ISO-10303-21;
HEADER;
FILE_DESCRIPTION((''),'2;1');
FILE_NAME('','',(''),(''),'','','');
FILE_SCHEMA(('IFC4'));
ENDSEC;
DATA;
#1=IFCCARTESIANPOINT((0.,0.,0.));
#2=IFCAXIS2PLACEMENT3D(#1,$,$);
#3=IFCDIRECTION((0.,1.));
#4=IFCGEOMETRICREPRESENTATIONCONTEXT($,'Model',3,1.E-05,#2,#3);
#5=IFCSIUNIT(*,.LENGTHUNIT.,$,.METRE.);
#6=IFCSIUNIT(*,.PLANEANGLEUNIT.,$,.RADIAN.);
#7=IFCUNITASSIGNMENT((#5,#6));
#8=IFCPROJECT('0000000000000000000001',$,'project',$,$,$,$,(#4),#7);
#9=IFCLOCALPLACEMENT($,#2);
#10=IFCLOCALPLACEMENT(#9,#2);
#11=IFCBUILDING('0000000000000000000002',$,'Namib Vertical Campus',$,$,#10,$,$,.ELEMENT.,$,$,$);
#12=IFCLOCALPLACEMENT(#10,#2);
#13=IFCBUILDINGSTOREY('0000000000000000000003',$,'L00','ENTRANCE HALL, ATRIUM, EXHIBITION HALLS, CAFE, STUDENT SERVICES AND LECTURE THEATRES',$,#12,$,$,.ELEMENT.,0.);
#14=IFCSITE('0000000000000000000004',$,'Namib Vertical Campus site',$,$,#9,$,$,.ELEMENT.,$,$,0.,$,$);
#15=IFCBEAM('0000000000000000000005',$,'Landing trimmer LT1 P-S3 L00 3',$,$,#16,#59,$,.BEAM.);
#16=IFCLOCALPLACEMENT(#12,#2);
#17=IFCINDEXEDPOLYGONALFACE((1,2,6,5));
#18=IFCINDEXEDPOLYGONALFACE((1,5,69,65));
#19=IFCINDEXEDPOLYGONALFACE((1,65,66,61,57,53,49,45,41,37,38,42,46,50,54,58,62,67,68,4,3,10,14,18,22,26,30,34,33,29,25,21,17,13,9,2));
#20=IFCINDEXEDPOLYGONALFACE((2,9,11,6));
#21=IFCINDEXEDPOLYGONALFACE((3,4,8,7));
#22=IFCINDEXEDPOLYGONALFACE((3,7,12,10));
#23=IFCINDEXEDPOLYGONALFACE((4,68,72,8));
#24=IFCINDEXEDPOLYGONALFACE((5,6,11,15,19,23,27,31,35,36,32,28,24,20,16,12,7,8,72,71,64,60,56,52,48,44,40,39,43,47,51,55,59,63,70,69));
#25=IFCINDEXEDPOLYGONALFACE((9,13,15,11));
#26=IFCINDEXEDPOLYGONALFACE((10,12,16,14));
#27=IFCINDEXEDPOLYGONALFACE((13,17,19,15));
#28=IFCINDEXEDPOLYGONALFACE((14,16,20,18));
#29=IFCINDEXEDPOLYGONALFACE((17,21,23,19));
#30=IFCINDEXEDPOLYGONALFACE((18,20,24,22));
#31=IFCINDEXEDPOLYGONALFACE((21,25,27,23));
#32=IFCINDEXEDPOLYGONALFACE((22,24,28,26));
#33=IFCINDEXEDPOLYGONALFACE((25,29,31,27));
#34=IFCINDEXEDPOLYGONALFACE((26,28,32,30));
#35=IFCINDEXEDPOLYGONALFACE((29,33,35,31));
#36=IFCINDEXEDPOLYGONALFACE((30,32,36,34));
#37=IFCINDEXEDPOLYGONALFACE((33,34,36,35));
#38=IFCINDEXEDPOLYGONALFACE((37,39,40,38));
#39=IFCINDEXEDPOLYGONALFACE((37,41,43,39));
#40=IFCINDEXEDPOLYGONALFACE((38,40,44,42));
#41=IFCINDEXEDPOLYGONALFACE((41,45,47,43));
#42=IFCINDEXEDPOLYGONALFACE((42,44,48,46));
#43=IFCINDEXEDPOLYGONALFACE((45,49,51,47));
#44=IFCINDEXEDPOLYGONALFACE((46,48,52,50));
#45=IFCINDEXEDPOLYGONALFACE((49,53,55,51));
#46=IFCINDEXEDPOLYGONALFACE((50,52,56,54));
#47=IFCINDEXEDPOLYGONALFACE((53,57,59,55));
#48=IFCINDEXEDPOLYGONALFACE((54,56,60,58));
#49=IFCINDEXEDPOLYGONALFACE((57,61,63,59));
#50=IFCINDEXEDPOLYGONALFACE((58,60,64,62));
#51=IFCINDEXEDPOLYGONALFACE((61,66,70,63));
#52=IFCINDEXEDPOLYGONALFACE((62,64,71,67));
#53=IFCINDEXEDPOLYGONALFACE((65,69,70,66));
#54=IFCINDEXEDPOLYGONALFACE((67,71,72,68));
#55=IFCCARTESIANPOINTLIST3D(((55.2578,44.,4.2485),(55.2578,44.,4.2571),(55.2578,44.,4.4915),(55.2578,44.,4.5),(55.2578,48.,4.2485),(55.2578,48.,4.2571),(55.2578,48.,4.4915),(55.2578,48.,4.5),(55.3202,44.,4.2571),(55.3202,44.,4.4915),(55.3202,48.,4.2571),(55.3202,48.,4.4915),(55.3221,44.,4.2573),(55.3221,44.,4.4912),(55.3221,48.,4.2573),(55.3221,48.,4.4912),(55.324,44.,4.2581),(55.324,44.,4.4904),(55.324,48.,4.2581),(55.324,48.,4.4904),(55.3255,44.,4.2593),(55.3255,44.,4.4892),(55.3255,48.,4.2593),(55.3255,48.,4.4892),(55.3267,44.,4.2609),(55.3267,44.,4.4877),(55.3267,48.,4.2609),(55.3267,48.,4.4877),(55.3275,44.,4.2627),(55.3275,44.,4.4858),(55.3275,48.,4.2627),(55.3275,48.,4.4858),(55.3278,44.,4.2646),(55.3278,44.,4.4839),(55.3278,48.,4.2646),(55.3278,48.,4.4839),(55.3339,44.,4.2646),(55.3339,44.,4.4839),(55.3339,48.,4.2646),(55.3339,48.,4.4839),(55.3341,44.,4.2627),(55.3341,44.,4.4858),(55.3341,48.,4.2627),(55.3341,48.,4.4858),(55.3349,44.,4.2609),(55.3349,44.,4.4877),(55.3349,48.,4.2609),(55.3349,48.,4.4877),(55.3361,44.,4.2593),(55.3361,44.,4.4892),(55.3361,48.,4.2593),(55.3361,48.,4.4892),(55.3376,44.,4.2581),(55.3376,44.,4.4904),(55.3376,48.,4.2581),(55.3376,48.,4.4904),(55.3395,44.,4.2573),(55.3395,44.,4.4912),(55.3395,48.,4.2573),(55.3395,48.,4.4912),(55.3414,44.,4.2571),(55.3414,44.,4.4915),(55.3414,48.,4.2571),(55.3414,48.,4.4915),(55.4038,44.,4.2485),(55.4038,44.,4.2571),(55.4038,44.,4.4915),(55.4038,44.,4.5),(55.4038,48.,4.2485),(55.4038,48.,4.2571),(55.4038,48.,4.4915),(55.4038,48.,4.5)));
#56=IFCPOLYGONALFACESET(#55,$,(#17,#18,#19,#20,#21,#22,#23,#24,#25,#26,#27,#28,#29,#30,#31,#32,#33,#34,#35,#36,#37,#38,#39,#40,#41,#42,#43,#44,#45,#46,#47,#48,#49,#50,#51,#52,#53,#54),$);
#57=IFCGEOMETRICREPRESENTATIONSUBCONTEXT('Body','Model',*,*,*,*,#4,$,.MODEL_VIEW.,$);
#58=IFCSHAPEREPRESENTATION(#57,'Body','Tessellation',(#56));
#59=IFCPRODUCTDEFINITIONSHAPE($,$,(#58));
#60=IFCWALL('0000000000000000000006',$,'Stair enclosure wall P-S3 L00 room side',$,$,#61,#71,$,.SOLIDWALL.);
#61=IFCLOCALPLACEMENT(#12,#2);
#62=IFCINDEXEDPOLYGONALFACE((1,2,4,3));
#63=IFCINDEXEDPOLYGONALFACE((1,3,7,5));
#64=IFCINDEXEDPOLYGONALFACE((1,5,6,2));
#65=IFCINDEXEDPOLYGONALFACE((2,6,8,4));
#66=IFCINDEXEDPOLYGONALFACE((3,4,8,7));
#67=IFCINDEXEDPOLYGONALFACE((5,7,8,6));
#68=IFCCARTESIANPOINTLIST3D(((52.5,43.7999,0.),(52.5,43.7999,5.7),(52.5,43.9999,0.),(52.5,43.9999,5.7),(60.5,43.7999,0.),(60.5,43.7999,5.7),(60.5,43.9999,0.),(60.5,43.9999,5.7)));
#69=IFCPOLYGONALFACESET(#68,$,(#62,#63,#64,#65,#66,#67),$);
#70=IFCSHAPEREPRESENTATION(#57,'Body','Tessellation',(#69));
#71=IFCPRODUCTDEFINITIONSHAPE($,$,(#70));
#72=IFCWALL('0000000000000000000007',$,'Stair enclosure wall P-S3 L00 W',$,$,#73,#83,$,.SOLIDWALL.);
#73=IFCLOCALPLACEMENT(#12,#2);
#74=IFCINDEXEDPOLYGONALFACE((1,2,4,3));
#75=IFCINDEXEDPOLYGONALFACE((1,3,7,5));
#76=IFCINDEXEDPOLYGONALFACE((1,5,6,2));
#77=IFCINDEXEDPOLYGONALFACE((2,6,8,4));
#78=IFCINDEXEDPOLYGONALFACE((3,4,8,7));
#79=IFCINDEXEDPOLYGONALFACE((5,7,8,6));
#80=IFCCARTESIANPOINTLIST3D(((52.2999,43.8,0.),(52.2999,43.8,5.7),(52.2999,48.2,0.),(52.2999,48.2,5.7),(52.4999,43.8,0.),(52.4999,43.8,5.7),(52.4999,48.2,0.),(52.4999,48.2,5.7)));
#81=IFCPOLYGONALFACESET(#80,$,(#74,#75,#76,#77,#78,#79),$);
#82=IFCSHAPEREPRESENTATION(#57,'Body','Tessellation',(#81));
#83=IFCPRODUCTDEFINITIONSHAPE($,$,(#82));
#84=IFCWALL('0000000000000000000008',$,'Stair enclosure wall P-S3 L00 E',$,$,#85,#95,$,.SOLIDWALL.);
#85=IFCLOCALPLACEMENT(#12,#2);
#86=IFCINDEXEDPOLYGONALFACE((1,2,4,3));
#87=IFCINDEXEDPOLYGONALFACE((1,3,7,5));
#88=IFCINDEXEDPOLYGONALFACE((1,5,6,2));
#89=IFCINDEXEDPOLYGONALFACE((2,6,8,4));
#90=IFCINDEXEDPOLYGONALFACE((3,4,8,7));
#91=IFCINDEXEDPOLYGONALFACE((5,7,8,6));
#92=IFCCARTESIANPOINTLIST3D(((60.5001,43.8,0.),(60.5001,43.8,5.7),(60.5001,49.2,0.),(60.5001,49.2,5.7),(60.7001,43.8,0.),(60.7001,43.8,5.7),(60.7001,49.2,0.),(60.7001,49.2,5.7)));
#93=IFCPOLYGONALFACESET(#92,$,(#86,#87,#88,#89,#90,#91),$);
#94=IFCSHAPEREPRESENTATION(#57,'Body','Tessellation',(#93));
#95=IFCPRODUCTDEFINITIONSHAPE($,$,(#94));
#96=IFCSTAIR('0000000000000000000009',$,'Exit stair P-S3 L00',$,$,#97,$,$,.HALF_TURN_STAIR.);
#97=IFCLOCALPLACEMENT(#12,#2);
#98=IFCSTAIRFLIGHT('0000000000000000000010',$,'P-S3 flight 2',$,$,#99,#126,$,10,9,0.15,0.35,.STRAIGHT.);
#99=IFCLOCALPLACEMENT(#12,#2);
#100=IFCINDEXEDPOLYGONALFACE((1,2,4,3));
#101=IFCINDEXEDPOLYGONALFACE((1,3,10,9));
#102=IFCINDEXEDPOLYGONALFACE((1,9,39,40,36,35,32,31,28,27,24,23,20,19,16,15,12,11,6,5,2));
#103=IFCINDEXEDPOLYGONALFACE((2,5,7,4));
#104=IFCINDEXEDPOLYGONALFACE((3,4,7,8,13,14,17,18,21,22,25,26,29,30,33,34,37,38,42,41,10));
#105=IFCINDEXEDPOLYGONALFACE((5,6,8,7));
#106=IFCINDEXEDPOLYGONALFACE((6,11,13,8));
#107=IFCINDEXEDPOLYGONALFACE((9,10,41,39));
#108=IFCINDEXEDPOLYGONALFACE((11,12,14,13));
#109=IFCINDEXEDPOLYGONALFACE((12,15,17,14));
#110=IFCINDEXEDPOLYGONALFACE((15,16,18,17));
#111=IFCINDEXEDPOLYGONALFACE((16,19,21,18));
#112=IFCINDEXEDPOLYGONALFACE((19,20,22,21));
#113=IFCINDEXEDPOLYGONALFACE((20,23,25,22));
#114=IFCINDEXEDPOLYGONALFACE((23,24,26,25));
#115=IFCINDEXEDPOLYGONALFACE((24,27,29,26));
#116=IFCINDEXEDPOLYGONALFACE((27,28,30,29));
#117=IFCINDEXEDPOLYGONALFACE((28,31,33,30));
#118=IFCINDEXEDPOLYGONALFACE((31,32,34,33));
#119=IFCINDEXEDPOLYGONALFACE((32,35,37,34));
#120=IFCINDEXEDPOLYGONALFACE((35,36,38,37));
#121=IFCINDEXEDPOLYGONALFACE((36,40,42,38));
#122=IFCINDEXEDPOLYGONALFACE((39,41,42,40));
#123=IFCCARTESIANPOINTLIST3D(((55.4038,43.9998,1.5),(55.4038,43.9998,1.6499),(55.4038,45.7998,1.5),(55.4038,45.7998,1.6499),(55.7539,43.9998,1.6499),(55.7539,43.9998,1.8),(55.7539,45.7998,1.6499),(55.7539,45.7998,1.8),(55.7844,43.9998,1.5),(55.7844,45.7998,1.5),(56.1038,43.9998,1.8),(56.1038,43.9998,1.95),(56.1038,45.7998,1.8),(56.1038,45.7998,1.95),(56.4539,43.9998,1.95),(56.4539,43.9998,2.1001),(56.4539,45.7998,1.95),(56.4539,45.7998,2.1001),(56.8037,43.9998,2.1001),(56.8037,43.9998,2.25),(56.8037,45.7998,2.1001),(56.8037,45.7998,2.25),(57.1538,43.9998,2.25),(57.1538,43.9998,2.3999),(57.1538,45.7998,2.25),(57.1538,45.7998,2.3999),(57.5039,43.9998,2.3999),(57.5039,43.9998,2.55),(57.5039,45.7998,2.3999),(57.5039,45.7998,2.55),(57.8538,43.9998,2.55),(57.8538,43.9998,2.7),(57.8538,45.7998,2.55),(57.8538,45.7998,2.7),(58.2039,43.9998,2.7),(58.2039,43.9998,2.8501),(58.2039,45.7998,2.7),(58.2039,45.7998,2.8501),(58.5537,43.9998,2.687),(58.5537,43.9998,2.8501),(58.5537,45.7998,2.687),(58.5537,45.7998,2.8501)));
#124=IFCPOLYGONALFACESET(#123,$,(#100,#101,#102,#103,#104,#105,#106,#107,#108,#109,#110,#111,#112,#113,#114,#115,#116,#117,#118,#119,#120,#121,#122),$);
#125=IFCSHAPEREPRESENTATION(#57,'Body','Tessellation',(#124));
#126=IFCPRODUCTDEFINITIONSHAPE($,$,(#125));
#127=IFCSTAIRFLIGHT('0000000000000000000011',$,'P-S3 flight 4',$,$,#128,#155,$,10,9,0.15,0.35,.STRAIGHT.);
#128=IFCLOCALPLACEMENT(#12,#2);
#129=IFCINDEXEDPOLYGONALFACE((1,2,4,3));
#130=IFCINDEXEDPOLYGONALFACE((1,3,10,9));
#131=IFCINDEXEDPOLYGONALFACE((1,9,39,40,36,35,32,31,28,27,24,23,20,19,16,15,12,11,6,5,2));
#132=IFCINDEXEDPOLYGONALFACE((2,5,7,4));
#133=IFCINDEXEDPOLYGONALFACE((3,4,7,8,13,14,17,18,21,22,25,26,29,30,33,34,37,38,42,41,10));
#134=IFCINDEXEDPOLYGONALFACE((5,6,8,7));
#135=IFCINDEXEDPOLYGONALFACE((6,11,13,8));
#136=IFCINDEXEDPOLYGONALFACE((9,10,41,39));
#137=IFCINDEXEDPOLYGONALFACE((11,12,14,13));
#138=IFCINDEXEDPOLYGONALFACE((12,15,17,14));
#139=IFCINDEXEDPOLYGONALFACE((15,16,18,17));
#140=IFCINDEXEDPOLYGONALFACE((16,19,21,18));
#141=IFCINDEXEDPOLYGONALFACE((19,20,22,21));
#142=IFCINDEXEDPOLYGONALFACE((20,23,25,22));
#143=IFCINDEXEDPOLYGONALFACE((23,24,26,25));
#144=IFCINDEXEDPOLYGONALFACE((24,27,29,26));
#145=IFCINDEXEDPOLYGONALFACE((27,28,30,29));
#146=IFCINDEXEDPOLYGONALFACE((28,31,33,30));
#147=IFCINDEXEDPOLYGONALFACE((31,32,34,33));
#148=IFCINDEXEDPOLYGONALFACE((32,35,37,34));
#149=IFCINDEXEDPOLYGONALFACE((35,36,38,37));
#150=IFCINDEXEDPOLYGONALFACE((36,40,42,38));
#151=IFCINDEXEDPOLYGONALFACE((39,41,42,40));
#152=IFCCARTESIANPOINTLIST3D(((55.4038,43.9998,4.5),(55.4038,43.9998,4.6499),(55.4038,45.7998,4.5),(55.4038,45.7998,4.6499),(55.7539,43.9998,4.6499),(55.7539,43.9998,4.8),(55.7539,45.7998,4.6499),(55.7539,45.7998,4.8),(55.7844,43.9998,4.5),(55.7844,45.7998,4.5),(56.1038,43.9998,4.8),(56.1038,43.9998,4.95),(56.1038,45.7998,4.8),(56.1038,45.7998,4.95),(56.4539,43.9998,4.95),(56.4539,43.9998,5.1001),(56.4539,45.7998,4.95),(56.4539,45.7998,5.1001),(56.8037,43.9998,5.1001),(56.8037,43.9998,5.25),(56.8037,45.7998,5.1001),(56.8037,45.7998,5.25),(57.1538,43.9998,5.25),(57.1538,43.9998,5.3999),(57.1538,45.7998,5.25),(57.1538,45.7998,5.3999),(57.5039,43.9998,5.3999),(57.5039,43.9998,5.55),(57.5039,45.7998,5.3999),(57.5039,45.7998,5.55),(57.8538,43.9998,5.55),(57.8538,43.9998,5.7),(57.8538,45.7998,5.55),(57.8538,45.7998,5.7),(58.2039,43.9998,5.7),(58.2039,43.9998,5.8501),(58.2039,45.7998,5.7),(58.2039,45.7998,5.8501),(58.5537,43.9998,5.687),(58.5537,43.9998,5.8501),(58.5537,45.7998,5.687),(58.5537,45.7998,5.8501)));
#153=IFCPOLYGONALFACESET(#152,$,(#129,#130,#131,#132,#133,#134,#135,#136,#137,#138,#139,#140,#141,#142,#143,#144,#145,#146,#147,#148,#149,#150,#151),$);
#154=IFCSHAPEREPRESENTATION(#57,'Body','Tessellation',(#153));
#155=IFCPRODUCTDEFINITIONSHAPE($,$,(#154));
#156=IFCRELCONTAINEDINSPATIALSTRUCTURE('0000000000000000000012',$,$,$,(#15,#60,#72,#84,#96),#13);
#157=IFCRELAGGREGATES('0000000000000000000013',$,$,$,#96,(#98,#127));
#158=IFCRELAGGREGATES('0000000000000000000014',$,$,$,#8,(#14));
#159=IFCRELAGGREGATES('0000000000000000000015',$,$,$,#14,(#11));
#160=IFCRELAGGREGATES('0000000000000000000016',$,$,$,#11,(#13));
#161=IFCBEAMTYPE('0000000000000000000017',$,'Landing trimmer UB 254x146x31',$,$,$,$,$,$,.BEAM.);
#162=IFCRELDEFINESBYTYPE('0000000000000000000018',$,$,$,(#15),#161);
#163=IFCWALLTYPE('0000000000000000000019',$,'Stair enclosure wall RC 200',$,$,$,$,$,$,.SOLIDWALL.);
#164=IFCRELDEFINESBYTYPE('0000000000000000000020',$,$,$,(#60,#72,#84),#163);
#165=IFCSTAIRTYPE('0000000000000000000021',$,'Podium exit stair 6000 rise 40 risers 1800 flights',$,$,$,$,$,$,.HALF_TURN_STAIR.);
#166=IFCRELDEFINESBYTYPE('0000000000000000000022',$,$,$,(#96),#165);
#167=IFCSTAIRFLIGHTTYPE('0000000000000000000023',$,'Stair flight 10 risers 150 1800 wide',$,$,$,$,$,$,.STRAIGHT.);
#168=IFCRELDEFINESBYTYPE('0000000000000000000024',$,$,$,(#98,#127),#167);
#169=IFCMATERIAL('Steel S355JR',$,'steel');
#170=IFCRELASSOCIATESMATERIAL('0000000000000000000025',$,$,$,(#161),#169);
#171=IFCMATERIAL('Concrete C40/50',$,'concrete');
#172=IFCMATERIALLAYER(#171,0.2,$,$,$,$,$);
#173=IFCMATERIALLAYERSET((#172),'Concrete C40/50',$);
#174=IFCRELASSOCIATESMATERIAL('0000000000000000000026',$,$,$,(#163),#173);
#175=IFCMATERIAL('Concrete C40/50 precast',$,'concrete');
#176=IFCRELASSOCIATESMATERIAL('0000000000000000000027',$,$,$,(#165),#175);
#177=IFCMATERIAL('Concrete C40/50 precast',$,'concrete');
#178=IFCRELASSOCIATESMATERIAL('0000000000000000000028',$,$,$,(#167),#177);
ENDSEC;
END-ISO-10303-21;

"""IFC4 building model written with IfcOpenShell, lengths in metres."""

from ifc_helpers import new_model, si_unit, direction, frame, frame_2d, origin, origin_2d, place, context, subcontext, project, spatial, polyline, rectangle, i_section, outline, extrude, material, layer, layer_set, material_profile, profile_set, type_object, element, aggregate, save


model = new_model("IFC4")

# Units and contexts
model_context = context("Model", 3, precision=1e-05, world=origin(), true_north=direction((0.0, 1.0)))
body_context = subcontext(model_context, "Body", "Model", "MODEL_VIEW")
ifc_project = project(units=[si_unit("LENGTHUNIT", "METRE"), si_unit("PLANEANGLEUNIT", "RADIAN")], contexts=[model_context])

# Site, building, storey
site_placement = place(None, origin())
site = spatial("IfcSite", under=ifc_project, at=site_placement, Name="Namib Vertical Campus site", CompositionType="ELEMENT", RefElevation=0.0)
building_placement = place(site_placement, origin())
building = spatial("IfcBuilding", under=site, at=building_placement, Name="Namib Vertical Campus", CompositionType="ELEMENT")
storey_placement = place(building_placement, origin())
storey = spatial("IfcBuildingStorey", under=building, at=storey_placement, Name="L00", Description="ENTRANCE HALL, ATRIUM, EXHIBITION HALLS, CAFE, STUDENT SERVICES AND LECTURE THEATRES", CompositionType="ELEMENT", Elevation=0.0)

# Beam
ifc_material_1 = material(Name="Steel S355JR", Category="steel")
ifc_material_profile_1 = material_profile(ifc_material_1, i_section(OverallWidth=0.146, OverallDepth=0.2515, WebThickness=0.0061, FlangeThickness=0.0085, FilletRadius=0.0076, at=origin_2d()))
ifc_profile_set_1 = profile_set([ifc_material_profile_1], Name="Steel S355JR")
beam_type = type_object("IfcBeamType", Name="Landing trimmer UB 254x146x31", PredefinedType="BEAM", material=ifc_profile_set_1)
for number, where, z_axis, x_axis, name in (
    (1, (55.3308, 44.0, 4.3743), (0.0, 1.0, 0.0), (-1.0, 0.0, 0.0), "Landing trimmer LT1 P-S3 L00 3"),
):
    element("IfcBeam", number, at=place(storey_placement, frame(where, z_axis=z_axis, x_axis=x_axis)), inside=storey, type_object=beam_type, Name=name, PredefinedType="BEAM", context=body_context, shape_type="SweptSolid", body=[
        extrude(i_section(OverallWidth=0.146, OverallDepth=0.2515, WebThickness=0.0061, FlangeThickness=0.0085, FilletRadius=0.0076, at=origin_2d()), origin(), (0.0, 0.0, 1.0), 4.0),
    ])

# Walls
ifc_material_2 = material(Name="Concrete C40/50", Category="concrete")
ifc_layer = layer(ifc_material_2, 0.2)
ifc_layer_set = layer_set([ifc_layer], Name="Concrete C40/50")
wall_type = type_object("IfcWallType", Name="Stair enclosure wall RC 200", PredefinedType="SOLIDWALL", material=ifc_layer_set)
wall_1_placement = place(storey_placement, frame((52.5, 43.8999, 0.0), z_axis=(0.0, 0.0, 1.0), x_axis=(1.0, 0.0, 0.0)))
element("IfcWall", 2, at=wall_1_placement, inside=storey, type_object=wall_type, Name="Stair enclosure wall P-S3 L00 room side", PredefinedType="SOLIDWALL", context=body_context, shape_type="SweptSolid", body=[
    extrude(rectangle(XDim=8.0, YDim=0.2, at=frame_2d((4.0, 0.0))), origin(), (0.0, 0.0, 1.0), 5.7),
])
wall_2_placement = place(storey_placement, frame((52.3999, 43.8, 0.0), z_axis=(0.0, 0.0, 1.0), x_axis=(0.0, 1.0, 0.0)))
element("IfcWall", 3, at=wall_2_placement, inside=storey, type_object=wall_type, Name="Stair enclosure wall P-S3 L00 W", PredefinedType="SOLIDWALL", context=body_context, shape_type="SweptSolid", body=[
    extrude(rectangle(XDim=4.3999, YDim=0.2, at=frame_2d((2.2, 0.0))), origin(), (0.0, 0.0, 1.0), 5.7),
])
wall_3_placement = place(storey_placement, frame((60.6001, 43.8, 0.0), z_axis=(0.0, 0.0, 1.0), x_axis=(0.0, 1.0, 0.0)))
element("IfcWall", 4, at=wall_3_placement, inside=storey, type_object=wall_type, Name="Stair enclosure wall P-S3 L00 E", PredefinedType="SOLIDWALL", context=body_context, shape_type="SweptSolid", body=[
    extrude(rectangle(XDim=5.3999, YDim=0.2, at=frame_2d((2.7, 0.0))), origin(), (0.0, 0.0, 1.0), 5.7),
])

# Stair, stair flights
ifc_material_3 = material(Name="Concrete C40/50 precast", Category="concrete")
stair_type = type_object("IfcStairType", Name="Podium exit stair 6000 rise 40 risers 1800 flights", PredefinedType="HALF_TURN_STAIR", material=ifc_material_3)
stair_placement = place(storey_placement, origin())
stair = element("IfcStair", 5, at=stair_placement, inside=storey, type_object=stair_type, Name="Exit stair P-S3 L00", PredefinedType="HALF_TURN_STAIR")
ifc_material_4 = material(Name="Concrete C40/50 precast", Category="concrete")
stair_flight_type = type_object("IfcStairFlightType", Name="Stair flight 10 risers 150 1800 wide", PredefinedType="STRAIGHT", material=ifc_material_4)
stair_flight_1_placement = place(storey_placement, frame((55.4038, 44.8999, 1.5), z_axis=(0.0, 0.0, 1.0), x_axis=(1.0, 0.0, 0.0)))
stair_flight_1 = element("IfcStairFlight", 6, at=stair_flight_1_placement, type_object=stair_flight_type, Name="P-S3 flight 2", NumberOfRisers=10, NumberOfTreads=9, PredefinedType="STRAIGHT", RiserHeight=0.15, TreadLength=0.35, context=body_context, shape_type="SweptSolid", body=[
    extrude(outline(polyline([(0.0, 0.0), (0.0, 0.1499), (0.3501, 0.1499), (0.3501, 0.3), (0.7, 0.3), (0.7, 0.45), (1.05, 0.45), (1.05, 0.6001), (1.3999, 0.6001), (1.3999, 0.75), (1.75, 0.75), (1.75, 0.8999), (2.1001, 0.8999), (2.1001, 1.05), (2.45, 1.05), (2.45, 1.2), (2.8, 1.2), (2.8, 1.3501), (3.1499, 1.3501), (3.1499, 1.5), (3.1499, 1.187), (0.3806, 0.0), (0.0, 0.0)])), frame((0.0, 0.8999, 0.0), z_axis=(0.0, -1.0, 0.0), x_axis=(1.0, 0.0, 0.0)), (0.0, 0.0, 1.0), 1.8),
])
stair_flight_2_placement = place(storey_placement, frame((55.4038, 44.8999, 4.5), z_axis=(0.0, 0.0, 1.0), x_axis=(1.0, 0.0, 0.0)))
stair_flight_2 = element("IfcStairFlight", 7, at=stair_flight_2_placement, type_object=stair_flight_type, Name="P-S3 flight 4", NumberOfRisers=10, NumberOfTreads=9, PredefinedType="STRAIGHT", RiserHeight=0.15, TreadLength=0.35, context=body_context, shape_type="SweptSolid", body=[
    extrude(outline(polyline([(0.0, 0.0), (0.0, 0.1499), (0.3501, 0.1499), (0.3501, 0.3), (0.7, 0.3), (0.7, 0.45), (1.05, 0.45), (1.05, 0.6001), (1.3999, 0.6001), (1.3999, 0.75), (1.75, 0.75), (1.75, 0.8999), (2.1001, 0.8999), (2.1001, 1.05), (2.45, 1.05), (2.45, 1.2), (2.8, 1.2), (2.8, 1.3501), (3.1499, 1.3501), (3.1499, 1.5), (3.1499, 1.187), (0.3806, 0.0), (0.0, 0.0)])), frame((0.0, 0.8999, 0.0), z_axis=(0.0, -1.0, 0.0), x_axis=(1.0, 0.0, 0.0)), (0.0, 0.0, 1.0), 1.8),
])
aggregate(stair, [stair_flight_1, stair_flight_2])

save(model, "model.ifc")
